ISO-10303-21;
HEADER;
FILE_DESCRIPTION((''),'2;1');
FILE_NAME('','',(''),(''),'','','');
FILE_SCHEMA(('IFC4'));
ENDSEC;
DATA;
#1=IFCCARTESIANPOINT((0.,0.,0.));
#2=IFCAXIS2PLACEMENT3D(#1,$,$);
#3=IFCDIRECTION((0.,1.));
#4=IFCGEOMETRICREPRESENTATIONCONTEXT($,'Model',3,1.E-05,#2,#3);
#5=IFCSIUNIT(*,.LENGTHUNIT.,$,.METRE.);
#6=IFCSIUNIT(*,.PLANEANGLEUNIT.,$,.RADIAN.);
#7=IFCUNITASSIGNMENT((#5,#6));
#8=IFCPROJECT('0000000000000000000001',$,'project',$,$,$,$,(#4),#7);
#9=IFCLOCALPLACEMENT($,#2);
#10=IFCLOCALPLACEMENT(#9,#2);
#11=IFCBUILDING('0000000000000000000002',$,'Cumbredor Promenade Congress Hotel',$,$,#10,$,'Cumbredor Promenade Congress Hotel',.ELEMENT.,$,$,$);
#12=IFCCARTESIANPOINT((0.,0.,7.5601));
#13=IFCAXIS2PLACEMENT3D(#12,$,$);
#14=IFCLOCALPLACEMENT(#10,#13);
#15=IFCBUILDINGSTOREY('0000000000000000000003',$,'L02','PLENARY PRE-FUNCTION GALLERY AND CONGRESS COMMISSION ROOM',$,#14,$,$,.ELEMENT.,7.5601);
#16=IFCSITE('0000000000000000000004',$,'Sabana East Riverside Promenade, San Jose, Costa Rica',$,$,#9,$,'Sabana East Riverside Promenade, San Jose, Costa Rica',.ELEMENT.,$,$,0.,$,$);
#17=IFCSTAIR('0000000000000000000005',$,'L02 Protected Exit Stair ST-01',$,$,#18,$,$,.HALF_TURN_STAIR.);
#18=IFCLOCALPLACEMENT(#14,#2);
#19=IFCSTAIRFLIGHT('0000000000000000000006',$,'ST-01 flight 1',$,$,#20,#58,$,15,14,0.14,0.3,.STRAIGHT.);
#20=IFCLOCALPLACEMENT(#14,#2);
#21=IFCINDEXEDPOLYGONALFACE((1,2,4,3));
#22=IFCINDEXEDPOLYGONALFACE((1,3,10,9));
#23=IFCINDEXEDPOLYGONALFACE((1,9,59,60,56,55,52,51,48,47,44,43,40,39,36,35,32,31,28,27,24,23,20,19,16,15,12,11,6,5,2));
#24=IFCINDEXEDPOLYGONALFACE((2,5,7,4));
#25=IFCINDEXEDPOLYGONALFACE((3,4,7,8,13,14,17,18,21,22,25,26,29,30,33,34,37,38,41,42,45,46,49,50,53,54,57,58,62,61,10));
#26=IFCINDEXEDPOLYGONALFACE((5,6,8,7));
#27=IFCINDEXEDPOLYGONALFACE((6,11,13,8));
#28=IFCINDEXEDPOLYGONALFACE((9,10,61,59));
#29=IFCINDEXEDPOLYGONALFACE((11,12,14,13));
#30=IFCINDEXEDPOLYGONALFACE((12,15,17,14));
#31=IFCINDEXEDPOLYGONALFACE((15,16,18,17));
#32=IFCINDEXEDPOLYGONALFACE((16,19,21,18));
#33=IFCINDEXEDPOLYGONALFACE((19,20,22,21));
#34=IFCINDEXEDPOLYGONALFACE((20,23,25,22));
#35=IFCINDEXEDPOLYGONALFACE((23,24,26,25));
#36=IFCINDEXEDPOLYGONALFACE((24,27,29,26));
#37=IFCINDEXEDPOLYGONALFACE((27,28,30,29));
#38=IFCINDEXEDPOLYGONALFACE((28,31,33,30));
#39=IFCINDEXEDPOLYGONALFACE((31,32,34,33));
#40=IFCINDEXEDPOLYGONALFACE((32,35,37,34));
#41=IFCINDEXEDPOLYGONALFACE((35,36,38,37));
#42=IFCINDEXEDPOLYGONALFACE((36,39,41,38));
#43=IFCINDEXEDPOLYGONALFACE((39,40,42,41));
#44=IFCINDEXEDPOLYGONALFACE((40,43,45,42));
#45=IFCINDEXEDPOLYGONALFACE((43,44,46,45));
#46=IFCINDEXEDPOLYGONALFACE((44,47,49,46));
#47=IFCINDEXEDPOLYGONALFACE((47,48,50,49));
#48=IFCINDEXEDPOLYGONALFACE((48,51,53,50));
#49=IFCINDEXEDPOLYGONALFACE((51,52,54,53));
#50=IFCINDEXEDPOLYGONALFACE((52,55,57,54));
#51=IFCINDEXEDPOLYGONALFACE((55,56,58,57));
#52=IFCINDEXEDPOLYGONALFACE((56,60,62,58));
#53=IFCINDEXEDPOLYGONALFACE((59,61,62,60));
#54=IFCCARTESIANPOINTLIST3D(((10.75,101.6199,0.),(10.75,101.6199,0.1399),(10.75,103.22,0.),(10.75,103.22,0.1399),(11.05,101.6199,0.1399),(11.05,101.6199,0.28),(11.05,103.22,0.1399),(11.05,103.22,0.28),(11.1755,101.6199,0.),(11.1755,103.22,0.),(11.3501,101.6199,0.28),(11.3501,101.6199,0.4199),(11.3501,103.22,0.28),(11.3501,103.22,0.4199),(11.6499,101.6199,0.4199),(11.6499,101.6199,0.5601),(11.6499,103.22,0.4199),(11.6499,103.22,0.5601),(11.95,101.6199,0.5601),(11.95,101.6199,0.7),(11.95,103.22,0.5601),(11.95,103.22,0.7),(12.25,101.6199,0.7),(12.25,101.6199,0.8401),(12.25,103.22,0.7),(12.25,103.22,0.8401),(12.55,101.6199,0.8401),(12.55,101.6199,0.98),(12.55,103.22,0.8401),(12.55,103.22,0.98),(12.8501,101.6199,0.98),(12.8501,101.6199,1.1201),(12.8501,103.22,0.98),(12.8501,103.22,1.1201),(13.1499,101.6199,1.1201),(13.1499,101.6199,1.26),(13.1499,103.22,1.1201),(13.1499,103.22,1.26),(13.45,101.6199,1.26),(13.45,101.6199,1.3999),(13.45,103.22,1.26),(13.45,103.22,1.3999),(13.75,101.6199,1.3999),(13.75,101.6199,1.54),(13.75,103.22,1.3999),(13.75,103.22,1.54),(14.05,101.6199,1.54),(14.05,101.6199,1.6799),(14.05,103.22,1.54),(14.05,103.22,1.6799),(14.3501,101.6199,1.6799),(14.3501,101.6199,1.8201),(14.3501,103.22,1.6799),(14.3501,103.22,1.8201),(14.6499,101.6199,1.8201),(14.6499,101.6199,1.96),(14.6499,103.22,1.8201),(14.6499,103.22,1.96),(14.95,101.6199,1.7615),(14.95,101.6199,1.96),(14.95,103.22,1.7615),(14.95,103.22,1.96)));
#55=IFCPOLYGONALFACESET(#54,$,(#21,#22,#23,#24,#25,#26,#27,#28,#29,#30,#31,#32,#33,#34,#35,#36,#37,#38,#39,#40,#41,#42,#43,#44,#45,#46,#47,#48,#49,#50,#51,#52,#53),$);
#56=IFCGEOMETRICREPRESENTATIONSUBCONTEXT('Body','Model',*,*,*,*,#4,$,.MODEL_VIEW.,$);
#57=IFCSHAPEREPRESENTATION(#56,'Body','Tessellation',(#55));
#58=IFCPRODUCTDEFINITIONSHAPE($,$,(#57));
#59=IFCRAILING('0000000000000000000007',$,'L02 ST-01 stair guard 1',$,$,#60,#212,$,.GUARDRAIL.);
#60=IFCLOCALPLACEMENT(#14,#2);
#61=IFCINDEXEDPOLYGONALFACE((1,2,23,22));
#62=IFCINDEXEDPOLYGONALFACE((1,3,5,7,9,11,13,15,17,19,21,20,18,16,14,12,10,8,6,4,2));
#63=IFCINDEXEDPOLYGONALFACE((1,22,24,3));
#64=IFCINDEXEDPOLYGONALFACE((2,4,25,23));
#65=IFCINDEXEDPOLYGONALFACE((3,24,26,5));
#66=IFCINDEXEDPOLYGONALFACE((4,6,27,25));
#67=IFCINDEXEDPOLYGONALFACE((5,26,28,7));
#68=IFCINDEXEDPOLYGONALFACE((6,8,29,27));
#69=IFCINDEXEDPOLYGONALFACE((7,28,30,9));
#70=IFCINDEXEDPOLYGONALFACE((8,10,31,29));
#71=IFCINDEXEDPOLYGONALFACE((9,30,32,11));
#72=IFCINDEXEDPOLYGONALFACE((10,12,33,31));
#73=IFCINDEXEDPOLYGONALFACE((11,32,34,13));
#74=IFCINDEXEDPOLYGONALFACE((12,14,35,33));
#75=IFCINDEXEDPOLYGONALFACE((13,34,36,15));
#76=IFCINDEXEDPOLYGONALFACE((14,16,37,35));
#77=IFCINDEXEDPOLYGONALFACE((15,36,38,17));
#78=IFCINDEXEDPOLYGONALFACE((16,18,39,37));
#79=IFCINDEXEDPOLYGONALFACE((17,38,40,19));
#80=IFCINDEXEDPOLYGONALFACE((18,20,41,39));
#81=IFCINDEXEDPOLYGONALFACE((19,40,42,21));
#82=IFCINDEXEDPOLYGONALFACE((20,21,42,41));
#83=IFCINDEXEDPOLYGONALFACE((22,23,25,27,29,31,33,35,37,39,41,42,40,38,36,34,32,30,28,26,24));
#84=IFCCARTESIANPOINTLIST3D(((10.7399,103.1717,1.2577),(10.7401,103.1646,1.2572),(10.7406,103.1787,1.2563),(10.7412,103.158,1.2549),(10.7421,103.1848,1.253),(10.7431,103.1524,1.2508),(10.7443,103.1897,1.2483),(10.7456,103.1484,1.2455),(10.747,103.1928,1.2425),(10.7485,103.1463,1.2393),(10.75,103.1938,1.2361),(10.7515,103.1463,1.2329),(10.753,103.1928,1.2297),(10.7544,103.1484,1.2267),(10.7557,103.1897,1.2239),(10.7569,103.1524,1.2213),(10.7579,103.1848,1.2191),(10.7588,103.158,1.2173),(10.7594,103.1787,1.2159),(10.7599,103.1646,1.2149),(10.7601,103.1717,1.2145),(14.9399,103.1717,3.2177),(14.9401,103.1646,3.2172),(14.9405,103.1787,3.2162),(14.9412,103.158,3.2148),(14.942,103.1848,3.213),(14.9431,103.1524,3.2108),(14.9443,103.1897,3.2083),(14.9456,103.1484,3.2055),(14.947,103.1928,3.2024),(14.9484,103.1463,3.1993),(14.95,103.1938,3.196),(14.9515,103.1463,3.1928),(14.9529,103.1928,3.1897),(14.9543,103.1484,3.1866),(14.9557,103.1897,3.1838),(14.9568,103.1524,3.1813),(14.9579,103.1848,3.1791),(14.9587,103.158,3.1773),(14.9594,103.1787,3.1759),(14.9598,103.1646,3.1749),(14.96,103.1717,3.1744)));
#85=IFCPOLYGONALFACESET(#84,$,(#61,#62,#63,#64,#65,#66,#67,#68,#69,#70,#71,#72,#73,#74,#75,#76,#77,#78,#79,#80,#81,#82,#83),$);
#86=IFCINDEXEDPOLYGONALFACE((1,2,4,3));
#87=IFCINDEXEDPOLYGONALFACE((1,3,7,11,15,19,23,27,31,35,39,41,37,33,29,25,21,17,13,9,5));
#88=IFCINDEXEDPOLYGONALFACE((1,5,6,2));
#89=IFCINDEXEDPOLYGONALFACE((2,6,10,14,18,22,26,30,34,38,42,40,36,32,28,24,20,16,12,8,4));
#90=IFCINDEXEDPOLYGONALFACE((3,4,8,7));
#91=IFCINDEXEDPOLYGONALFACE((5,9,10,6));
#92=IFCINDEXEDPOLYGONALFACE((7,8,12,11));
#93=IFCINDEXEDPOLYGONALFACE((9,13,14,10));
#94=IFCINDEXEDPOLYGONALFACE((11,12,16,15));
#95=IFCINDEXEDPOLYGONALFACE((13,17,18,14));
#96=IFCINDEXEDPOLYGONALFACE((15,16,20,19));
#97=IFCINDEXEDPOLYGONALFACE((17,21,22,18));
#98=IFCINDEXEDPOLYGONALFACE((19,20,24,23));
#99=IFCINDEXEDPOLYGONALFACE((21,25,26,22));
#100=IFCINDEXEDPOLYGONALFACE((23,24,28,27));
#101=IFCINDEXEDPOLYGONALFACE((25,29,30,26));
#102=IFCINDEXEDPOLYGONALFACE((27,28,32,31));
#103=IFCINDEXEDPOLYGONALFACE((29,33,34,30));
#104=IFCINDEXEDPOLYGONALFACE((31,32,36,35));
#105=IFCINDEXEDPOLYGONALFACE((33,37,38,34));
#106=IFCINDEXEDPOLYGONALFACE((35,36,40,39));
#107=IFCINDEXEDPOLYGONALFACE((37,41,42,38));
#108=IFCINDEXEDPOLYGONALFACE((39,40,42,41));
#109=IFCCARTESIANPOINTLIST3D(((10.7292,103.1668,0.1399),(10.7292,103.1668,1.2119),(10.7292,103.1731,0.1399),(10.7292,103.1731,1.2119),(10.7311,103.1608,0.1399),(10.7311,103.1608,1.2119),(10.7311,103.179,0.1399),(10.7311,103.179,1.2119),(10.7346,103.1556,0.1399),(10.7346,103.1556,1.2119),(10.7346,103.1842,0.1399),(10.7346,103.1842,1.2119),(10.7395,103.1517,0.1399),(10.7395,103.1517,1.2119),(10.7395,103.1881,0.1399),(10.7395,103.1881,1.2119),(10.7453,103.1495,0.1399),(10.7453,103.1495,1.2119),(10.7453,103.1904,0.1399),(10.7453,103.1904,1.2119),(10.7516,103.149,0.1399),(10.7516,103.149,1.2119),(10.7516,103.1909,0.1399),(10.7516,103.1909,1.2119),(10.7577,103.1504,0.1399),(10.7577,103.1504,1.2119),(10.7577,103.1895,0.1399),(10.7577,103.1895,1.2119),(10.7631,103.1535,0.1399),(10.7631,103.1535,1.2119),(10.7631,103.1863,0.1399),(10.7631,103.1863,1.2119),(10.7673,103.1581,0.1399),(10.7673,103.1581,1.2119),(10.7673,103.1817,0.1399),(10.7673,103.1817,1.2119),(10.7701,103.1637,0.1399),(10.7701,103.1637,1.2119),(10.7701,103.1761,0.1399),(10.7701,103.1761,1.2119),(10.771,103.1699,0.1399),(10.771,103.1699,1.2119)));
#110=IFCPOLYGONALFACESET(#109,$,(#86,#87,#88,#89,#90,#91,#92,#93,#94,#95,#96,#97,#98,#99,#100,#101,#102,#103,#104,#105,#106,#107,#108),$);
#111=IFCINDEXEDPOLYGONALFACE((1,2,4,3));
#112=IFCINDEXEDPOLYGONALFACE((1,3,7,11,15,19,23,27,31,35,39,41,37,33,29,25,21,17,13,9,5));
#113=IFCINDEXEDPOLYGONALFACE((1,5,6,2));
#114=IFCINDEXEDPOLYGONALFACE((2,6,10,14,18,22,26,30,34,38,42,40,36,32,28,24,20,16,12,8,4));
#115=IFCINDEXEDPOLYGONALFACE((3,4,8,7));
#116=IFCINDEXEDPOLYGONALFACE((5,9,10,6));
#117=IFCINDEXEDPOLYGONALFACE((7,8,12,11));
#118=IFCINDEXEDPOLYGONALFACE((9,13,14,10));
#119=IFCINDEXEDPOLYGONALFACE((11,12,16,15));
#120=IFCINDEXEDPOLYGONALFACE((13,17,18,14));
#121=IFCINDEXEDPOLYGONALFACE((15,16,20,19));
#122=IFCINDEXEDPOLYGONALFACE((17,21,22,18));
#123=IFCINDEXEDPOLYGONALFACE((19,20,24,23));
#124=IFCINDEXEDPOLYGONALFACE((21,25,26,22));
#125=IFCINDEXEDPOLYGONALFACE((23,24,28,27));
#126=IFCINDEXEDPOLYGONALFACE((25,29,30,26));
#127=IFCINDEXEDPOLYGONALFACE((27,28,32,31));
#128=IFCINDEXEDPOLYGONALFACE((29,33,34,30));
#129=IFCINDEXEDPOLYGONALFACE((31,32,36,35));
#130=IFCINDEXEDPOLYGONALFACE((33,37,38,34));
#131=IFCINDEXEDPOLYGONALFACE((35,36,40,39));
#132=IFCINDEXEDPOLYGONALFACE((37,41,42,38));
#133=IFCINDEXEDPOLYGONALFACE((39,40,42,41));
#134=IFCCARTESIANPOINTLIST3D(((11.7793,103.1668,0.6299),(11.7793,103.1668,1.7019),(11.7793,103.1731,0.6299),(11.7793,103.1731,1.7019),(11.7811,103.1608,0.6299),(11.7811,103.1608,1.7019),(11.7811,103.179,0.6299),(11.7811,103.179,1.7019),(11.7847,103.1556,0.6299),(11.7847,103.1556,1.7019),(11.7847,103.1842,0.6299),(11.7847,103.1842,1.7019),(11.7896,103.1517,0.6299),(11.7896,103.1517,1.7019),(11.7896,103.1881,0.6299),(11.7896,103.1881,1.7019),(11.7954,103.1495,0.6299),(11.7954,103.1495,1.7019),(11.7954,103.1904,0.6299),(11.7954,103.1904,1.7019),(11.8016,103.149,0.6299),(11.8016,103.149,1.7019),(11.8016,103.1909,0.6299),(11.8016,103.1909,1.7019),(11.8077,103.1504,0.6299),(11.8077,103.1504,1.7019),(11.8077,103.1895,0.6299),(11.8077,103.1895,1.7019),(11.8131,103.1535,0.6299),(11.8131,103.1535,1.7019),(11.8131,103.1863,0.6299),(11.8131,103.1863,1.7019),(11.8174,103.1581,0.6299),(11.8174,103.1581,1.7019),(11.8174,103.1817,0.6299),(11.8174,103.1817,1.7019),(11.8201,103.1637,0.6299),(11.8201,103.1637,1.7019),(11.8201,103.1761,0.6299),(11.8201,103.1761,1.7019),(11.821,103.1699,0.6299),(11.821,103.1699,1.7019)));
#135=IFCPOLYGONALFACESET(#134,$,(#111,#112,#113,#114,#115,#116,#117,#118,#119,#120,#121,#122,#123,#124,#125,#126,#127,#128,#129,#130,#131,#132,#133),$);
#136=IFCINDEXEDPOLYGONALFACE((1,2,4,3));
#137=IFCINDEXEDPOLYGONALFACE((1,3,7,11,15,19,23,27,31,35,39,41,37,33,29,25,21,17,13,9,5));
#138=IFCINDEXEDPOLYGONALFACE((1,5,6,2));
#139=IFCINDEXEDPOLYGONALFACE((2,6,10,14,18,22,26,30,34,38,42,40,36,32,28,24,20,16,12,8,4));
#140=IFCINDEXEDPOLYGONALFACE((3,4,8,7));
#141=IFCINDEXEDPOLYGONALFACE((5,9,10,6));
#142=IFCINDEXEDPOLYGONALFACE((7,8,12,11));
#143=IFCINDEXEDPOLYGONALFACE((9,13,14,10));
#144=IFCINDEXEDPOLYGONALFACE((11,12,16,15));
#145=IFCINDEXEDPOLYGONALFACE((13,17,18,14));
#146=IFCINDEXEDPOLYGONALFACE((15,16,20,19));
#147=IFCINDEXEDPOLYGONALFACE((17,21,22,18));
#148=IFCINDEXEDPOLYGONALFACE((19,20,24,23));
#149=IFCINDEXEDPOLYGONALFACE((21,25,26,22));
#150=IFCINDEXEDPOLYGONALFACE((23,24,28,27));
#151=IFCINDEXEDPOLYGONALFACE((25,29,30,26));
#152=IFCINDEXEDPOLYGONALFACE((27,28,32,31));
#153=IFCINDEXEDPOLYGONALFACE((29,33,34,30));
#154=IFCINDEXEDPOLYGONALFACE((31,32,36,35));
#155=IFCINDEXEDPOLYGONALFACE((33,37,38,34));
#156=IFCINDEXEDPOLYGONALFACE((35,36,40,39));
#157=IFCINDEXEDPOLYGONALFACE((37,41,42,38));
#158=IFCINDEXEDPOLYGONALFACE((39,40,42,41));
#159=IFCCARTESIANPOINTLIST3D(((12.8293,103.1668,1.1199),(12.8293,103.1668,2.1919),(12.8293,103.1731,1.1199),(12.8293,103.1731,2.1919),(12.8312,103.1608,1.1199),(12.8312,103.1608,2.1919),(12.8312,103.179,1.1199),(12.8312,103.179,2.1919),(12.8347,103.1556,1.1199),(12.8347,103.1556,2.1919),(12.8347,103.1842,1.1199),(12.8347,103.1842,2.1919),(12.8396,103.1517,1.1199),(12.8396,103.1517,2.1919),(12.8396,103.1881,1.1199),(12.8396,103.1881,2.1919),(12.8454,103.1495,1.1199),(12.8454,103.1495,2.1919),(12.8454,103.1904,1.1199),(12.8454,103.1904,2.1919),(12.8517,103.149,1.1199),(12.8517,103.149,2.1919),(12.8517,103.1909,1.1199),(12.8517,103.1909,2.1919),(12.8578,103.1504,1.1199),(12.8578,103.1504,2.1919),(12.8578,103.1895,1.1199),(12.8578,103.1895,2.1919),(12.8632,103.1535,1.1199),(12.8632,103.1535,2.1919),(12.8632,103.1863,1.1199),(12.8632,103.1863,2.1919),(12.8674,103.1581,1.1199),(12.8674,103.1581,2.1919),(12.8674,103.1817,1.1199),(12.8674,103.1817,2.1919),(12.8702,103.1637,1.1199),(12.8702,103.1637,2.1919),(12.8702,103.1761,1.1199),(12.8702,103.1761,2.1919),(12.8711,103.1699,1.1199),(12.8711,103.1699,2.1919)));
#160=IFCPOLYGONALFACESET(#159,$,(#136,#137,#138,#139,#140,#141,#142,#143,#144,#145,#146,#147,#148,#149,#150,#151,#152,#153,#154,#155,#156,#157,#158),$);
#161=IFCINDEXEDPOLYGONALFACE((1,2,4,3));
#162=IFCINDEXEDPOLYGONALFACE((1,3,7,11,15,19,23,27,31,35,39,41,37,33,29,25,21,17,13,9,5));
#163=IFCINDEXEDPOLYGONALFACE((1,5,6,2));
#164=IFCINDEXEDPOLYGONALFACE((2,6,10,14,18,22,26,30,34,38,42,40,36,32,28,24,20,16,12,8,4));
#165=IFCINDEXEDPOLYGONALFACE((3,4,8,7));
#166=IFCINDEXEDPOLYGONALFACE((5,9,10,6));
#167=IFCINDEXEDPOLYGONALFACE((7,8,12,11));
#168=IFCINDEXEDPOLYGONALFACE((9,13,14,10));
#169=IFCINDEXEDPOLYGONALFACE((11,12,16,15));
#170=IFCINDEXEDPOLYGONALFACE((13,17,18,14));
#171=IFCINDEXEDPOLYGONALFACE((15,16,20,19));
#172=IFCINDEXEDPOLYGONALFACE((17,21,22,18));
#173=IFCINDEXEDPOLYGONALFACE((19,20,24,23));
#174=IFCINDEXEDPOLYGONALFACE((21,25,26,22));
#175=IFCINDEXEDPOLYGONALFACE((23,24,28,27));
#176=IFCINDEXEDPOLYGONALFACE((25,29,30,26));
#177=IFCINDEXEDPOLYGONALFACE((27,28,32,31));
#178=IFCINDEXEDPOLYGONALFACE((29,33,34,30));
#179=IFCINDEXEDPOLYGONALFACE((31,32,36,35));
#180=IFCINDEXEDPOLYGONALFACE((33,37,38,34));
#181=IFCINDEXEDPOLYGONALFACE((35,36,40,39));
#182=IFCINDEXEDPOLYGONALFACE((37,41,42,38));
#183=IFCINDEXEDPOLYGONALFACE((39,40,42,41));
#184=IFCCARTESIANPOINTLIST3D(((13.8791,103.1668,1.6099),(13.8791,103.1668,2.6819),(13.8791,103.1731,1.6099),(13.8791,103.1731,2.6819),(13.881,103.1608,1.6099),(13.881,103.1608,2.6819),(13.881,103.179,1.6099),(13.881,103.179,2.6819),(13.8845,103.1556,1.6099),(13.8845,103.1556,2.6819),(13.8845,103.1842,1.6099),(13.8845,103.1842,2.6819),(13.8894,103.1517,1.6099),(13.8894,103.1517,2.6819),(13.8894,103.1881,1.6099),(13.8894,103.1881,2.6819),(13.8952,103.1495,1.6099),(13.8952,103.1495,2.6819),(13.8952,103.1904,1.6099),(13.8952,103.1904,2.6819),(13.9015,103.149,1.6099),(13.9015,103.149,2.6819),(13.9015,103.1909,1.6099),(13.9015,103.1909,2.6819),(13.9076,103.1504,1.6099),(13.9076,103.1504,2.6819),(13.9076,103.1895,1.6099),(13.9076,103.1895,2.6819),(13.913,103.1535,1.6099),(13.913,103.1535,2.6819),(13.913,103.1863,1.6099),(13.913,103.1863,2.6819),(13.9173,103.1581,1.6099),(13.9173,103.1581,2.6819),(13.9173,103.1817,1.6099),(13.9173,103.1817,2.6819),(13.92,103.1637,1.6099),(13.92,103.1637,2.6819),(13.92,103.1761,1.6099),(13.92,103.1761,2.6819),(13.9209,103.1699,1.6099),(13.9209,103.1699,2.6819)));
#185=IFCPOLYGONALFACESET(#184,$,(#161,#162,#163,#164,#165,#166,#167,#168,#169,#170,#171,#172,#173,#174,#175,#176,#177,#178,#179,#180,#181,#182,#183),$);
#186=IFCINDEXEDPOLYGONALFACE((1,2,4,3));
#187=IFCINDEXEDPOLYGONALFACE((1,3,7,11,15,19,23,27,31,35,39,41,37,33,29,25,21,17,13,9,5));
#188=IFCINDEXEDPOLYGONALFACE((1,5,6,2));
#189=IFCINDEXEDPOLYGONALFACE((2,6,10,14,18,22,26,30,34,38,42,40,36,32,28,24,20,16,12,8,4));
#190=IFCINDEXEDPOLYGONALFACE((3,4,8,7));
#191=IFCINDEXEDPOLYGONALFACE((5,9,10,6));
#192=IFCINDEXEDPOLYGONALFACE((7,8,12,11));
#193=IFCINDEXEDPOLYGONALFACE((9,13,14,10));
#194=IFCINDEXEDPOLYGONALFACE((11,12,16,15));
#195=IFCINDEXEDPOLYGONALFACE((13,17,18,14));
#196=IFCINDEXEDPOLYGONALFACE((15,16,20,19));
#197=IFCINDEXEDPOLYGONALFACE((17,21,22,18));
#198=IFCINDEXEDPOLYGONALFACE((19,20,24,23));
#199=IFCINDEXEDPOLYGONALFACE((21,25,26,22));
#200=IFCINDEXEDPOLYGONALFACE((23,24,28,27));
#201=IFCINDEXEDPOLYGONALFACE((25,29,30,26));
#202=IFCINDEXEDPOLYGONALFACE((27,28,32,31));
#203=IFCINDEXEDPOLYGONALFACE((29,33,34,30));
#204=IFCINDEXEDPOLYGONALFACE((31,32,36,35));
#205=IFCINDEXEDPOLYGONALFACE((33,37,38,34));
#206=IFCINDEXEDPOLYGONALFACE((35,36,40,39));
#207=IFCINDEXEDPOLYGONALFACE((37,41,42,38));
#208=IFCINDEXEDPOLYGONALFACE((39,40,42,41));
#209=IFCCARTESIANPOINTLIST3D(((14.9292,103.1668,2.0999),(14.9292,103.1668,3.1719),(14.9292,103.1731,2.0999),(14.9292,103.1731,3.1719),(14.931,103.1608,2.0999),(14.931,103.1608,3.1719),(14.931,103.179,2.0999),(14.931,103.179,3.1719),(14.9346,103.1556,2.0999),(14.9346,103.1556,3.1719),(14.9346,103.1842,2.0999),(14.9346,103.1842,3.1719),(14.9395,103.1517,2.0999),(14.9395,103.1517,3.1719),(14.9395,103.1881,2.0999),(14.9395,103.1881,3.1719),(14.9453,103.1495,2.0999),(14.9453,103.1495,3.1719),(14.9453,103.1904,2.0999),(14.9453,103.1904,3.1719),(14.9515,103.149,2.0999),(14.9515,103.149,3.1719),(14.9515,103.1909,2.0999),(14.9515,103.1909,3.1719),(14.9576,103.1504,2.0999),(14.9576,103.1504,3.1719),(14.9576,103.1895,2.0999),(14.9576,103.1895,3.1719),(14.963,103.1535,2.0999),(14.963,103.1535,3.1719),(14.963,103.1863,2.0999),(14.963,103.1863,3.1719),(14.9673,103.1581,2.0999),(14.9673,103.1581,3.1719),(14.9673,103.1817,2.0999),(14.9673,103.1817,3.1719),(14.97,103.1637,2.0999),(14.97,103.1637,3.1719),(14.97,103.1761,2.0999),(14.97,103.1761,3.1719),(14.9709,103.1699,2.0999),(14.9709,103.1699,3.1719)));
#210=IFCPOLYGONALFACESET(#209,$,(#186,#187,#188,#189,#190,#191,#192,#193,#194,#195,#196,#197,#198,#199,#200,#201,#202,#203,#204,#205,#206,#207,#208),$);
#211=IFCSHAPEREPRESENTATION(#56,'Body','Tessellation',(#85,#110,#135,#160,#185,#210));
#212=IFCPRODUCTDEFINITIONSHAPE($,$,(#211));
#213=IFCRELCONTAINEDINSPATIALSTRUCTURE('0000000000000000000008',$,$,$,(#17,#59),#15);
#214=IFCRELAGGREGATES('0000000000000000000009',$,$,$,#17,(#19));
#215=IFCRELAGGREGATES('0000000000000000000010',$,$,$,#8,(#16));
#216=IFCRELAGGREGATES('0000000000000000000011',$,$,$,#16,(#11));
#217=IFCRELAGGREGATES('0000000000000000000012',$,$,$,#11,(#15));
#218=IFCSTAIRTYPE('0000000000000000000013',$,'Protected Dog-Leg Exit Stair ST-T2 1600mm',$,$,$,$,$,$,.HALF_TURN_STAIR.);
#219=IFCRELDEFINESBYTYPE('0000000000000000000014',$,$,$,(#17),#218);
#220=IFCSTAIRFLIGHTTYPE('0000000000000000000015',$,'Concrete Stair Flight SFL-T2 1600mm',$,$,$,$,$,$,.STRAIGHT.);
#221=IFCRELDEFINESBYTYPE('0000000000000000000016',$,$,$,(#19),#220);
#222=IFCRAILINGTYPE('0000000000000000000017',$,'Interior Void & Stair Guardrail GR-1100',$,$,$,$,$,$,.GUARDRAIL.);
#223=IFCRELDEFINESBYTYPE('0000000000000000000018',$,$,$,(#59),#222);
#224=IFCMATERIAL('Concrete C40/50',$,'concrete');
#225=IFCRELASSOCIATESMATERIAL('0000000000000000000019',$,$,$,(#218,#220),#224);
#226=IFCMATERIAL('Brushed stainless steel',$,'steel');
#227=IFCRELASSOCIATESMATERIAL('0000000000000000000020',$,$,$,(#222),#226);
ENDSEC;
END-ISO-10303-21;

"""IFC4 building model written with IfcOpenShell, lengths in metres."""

from ifc_helpers import new_model, si_unit, direction, frame, origin, origin_2d, place, context, subcontext, project, spatial, polyline, circle, outline, extrude, material, type_object, element, aggregate, save


model = new_model("IFC4")

# Units and contexts
model_context = context("Model", 3, precision=1e-05, world=origin(), true_north=direction((0.0, 1.0)))
body_context = subcontext(model_context, "Body", "Model", "MODEL_VIEW")
ifc_project = project(units=[si_unit("LENGTHUNIT", "METRE"), si_unit("PLANEANGLEUNIT", "RADIAN")], contexts=[model_context])

# Site, building, storey
site_placement = place(None, origin())
site = spatial("IfcSite", under=ifc_project, at=site_placement, Name="Sabana East Riverside Promenade, San Jose, Costa Rica", LongName="Sabana East Riverside Promenade, San Jose, Costa Rica", CompositionType="ELEMENT", RefElevation=0.0)
building_placement = place(site_placement, origin())
building = spatial("IfcBuilding", under=site, at=building_placement, Name="Cumbredor Promenade Congress Hotel", LongName="Cumbredor Promenade Congress Hotel", CompositionType="ELEMENT")
storey_placement = place(building_placement, frame((0.0, 0.0, 7.5601)))
storey = spatial("IfcBuildingStorey", under=building, at=storey_placement, Name="L02", Description="PLENARY PRE-FUNCTION GALLERY AND CONGRESS COMMISSION ROOM", CompositionType="ELEMENT", Elevation=7.5601)

# Shared definitions
ifc_material_1 = material(Name="Concrete C40/50", Category="concrete")

# Stair, stair flight
stair_type = type_object("IfcStairType", Name="Protected Dog-Leg Exit Stair ST-T2 1600mm", PredefinedType="HALF_TURN_STAIR", material=ifc_material_1)
stair_placement = place(storey_placement, origin())
stair = element("IfcStair", 1, at=stair_placement, inside=storey, type_object=stair_type, Name="L02 Protected Exit Stair ST-01", PredefinedType="HALF_TURN_STAIR")
stair_flight_type = type_object("IfcStairFlightType", Name="Concrete Stair Flight SFL-T2 1600mm", PredefinedType="STRAIGHT", material=ifc_material_1)
stair_flight_placement = place(storey_placement, frame((10.75, 102.4199, 0.0), z_axis=(0.0, 0.0, 1.0), x_axis=(1.0, 0.0, 0.0)))
stair_flight = element("IfcStairFlight", 2, at=stair_flight_placement, type_object=stair_flight_type, Name="ST-01 flight 1", NumberOfRisers=15, NumberOfTreads=14, PredefinedType="STRAIGHT", RiserHeight=0.14, TreadLength=0.3, context=body_context, shape_type="SweptSolid", body=[
    extrude(outline(polyline([(0.0, 0.0), (0.0, 0.1399), (0.3, 0.1399), (0.3, 0.28), (0.6001, 0.28), (0.6001, 0.4199), (0.8999, 0.4199), (0.8999, 0.5601), (1.2, 0.5601), (1.2, 0.7), (1.5, 0.7), (1.5, 0.8401), (1.8, 0.8401), (1.8, 0.98), (2.1001, 0.98), (2.1001, 1.1201), (2.3999, 1.1201), (2.3999, 1.26), (2.7, 1.26), (2.7, 1.3999), (3.0, 1.3999), (3.0, 1.54), (3.3, 1.54), (3.3, 1.6799), (3.6001, 1.6799), (3.6001, 1.8201), (3.8999, 1.8201), (3.8999, 1.96), (4.2, 1.96), (4.2, 2.1001), (4.2, 1.7615), (0.4255, 0.0), (0.0, 0.0)])), frame((0.0, 0.8, 0.0), z_axis=(0.0, -1.0, 0.0), x_axis=(1.0, 0.0, 0.0)), (0.0, 0.0, 1.0), 1.6001),
])
aggregate(stair, [stair_flight])

# Railing
ifc_material_2 = material(Name="Brushed stainless steel", Category="steel")
railing_type_1 = type_object("IfcRailingType", Name="Interior Void & Stair Guardrail GR-1100", PredefinedType="GUARDRAIL", material=ifc_material_2)
railing_1_placement = place(storey_placement, frame((10.75, 103.1699, 0.1399)))
element("IfcRailing", 3, at=railing_1_placement, inside=storey, type_object=railing_type_1, Name="L02 ST-01 stair guard 1", PredefinedType="GUARDRAIL", context=body_context, shape_type="SweptSolid", body=[
    extrude(circle(Radius=0.0239, at=origin_2d()), frame((0.0, 0.0, 1.0962), z_axis=(0.906184, 0.0, 0.422883), x_axis=(0.0, 1.0, 0.0)), (0.0, 0.0, 1.0), 4.6348),
    extrude(circle(Radius=0.021, at=origin_2d()), origin(), (0.0, 0.0, 1.0), 1.072),
    extrude(circle(Radius=0.021, at=origin_2d()), frame((1.05, 0.0, 0.49)), (0.0, 0.0, 1.0), 1.072),
    extrude(circle(Radius=0.021, at=origin_2d()), frame((2.1001, 0.0, 0.98)), (0.0, 0.0, 1.0), 1.072),
    extrude(circle(Radius=0.021, at=origin_2d()), frame((3.1499, 0.0, 1.47)), (0.0, 0.0, 1.0), 1.072),
    extrude(circle(Radius=0.021, at=origin_2d()), frame((4.2, 0.0, 1.96)), (0.0, 0.0, 1.0), 1.072),
])

save(model, "model.ifc")
